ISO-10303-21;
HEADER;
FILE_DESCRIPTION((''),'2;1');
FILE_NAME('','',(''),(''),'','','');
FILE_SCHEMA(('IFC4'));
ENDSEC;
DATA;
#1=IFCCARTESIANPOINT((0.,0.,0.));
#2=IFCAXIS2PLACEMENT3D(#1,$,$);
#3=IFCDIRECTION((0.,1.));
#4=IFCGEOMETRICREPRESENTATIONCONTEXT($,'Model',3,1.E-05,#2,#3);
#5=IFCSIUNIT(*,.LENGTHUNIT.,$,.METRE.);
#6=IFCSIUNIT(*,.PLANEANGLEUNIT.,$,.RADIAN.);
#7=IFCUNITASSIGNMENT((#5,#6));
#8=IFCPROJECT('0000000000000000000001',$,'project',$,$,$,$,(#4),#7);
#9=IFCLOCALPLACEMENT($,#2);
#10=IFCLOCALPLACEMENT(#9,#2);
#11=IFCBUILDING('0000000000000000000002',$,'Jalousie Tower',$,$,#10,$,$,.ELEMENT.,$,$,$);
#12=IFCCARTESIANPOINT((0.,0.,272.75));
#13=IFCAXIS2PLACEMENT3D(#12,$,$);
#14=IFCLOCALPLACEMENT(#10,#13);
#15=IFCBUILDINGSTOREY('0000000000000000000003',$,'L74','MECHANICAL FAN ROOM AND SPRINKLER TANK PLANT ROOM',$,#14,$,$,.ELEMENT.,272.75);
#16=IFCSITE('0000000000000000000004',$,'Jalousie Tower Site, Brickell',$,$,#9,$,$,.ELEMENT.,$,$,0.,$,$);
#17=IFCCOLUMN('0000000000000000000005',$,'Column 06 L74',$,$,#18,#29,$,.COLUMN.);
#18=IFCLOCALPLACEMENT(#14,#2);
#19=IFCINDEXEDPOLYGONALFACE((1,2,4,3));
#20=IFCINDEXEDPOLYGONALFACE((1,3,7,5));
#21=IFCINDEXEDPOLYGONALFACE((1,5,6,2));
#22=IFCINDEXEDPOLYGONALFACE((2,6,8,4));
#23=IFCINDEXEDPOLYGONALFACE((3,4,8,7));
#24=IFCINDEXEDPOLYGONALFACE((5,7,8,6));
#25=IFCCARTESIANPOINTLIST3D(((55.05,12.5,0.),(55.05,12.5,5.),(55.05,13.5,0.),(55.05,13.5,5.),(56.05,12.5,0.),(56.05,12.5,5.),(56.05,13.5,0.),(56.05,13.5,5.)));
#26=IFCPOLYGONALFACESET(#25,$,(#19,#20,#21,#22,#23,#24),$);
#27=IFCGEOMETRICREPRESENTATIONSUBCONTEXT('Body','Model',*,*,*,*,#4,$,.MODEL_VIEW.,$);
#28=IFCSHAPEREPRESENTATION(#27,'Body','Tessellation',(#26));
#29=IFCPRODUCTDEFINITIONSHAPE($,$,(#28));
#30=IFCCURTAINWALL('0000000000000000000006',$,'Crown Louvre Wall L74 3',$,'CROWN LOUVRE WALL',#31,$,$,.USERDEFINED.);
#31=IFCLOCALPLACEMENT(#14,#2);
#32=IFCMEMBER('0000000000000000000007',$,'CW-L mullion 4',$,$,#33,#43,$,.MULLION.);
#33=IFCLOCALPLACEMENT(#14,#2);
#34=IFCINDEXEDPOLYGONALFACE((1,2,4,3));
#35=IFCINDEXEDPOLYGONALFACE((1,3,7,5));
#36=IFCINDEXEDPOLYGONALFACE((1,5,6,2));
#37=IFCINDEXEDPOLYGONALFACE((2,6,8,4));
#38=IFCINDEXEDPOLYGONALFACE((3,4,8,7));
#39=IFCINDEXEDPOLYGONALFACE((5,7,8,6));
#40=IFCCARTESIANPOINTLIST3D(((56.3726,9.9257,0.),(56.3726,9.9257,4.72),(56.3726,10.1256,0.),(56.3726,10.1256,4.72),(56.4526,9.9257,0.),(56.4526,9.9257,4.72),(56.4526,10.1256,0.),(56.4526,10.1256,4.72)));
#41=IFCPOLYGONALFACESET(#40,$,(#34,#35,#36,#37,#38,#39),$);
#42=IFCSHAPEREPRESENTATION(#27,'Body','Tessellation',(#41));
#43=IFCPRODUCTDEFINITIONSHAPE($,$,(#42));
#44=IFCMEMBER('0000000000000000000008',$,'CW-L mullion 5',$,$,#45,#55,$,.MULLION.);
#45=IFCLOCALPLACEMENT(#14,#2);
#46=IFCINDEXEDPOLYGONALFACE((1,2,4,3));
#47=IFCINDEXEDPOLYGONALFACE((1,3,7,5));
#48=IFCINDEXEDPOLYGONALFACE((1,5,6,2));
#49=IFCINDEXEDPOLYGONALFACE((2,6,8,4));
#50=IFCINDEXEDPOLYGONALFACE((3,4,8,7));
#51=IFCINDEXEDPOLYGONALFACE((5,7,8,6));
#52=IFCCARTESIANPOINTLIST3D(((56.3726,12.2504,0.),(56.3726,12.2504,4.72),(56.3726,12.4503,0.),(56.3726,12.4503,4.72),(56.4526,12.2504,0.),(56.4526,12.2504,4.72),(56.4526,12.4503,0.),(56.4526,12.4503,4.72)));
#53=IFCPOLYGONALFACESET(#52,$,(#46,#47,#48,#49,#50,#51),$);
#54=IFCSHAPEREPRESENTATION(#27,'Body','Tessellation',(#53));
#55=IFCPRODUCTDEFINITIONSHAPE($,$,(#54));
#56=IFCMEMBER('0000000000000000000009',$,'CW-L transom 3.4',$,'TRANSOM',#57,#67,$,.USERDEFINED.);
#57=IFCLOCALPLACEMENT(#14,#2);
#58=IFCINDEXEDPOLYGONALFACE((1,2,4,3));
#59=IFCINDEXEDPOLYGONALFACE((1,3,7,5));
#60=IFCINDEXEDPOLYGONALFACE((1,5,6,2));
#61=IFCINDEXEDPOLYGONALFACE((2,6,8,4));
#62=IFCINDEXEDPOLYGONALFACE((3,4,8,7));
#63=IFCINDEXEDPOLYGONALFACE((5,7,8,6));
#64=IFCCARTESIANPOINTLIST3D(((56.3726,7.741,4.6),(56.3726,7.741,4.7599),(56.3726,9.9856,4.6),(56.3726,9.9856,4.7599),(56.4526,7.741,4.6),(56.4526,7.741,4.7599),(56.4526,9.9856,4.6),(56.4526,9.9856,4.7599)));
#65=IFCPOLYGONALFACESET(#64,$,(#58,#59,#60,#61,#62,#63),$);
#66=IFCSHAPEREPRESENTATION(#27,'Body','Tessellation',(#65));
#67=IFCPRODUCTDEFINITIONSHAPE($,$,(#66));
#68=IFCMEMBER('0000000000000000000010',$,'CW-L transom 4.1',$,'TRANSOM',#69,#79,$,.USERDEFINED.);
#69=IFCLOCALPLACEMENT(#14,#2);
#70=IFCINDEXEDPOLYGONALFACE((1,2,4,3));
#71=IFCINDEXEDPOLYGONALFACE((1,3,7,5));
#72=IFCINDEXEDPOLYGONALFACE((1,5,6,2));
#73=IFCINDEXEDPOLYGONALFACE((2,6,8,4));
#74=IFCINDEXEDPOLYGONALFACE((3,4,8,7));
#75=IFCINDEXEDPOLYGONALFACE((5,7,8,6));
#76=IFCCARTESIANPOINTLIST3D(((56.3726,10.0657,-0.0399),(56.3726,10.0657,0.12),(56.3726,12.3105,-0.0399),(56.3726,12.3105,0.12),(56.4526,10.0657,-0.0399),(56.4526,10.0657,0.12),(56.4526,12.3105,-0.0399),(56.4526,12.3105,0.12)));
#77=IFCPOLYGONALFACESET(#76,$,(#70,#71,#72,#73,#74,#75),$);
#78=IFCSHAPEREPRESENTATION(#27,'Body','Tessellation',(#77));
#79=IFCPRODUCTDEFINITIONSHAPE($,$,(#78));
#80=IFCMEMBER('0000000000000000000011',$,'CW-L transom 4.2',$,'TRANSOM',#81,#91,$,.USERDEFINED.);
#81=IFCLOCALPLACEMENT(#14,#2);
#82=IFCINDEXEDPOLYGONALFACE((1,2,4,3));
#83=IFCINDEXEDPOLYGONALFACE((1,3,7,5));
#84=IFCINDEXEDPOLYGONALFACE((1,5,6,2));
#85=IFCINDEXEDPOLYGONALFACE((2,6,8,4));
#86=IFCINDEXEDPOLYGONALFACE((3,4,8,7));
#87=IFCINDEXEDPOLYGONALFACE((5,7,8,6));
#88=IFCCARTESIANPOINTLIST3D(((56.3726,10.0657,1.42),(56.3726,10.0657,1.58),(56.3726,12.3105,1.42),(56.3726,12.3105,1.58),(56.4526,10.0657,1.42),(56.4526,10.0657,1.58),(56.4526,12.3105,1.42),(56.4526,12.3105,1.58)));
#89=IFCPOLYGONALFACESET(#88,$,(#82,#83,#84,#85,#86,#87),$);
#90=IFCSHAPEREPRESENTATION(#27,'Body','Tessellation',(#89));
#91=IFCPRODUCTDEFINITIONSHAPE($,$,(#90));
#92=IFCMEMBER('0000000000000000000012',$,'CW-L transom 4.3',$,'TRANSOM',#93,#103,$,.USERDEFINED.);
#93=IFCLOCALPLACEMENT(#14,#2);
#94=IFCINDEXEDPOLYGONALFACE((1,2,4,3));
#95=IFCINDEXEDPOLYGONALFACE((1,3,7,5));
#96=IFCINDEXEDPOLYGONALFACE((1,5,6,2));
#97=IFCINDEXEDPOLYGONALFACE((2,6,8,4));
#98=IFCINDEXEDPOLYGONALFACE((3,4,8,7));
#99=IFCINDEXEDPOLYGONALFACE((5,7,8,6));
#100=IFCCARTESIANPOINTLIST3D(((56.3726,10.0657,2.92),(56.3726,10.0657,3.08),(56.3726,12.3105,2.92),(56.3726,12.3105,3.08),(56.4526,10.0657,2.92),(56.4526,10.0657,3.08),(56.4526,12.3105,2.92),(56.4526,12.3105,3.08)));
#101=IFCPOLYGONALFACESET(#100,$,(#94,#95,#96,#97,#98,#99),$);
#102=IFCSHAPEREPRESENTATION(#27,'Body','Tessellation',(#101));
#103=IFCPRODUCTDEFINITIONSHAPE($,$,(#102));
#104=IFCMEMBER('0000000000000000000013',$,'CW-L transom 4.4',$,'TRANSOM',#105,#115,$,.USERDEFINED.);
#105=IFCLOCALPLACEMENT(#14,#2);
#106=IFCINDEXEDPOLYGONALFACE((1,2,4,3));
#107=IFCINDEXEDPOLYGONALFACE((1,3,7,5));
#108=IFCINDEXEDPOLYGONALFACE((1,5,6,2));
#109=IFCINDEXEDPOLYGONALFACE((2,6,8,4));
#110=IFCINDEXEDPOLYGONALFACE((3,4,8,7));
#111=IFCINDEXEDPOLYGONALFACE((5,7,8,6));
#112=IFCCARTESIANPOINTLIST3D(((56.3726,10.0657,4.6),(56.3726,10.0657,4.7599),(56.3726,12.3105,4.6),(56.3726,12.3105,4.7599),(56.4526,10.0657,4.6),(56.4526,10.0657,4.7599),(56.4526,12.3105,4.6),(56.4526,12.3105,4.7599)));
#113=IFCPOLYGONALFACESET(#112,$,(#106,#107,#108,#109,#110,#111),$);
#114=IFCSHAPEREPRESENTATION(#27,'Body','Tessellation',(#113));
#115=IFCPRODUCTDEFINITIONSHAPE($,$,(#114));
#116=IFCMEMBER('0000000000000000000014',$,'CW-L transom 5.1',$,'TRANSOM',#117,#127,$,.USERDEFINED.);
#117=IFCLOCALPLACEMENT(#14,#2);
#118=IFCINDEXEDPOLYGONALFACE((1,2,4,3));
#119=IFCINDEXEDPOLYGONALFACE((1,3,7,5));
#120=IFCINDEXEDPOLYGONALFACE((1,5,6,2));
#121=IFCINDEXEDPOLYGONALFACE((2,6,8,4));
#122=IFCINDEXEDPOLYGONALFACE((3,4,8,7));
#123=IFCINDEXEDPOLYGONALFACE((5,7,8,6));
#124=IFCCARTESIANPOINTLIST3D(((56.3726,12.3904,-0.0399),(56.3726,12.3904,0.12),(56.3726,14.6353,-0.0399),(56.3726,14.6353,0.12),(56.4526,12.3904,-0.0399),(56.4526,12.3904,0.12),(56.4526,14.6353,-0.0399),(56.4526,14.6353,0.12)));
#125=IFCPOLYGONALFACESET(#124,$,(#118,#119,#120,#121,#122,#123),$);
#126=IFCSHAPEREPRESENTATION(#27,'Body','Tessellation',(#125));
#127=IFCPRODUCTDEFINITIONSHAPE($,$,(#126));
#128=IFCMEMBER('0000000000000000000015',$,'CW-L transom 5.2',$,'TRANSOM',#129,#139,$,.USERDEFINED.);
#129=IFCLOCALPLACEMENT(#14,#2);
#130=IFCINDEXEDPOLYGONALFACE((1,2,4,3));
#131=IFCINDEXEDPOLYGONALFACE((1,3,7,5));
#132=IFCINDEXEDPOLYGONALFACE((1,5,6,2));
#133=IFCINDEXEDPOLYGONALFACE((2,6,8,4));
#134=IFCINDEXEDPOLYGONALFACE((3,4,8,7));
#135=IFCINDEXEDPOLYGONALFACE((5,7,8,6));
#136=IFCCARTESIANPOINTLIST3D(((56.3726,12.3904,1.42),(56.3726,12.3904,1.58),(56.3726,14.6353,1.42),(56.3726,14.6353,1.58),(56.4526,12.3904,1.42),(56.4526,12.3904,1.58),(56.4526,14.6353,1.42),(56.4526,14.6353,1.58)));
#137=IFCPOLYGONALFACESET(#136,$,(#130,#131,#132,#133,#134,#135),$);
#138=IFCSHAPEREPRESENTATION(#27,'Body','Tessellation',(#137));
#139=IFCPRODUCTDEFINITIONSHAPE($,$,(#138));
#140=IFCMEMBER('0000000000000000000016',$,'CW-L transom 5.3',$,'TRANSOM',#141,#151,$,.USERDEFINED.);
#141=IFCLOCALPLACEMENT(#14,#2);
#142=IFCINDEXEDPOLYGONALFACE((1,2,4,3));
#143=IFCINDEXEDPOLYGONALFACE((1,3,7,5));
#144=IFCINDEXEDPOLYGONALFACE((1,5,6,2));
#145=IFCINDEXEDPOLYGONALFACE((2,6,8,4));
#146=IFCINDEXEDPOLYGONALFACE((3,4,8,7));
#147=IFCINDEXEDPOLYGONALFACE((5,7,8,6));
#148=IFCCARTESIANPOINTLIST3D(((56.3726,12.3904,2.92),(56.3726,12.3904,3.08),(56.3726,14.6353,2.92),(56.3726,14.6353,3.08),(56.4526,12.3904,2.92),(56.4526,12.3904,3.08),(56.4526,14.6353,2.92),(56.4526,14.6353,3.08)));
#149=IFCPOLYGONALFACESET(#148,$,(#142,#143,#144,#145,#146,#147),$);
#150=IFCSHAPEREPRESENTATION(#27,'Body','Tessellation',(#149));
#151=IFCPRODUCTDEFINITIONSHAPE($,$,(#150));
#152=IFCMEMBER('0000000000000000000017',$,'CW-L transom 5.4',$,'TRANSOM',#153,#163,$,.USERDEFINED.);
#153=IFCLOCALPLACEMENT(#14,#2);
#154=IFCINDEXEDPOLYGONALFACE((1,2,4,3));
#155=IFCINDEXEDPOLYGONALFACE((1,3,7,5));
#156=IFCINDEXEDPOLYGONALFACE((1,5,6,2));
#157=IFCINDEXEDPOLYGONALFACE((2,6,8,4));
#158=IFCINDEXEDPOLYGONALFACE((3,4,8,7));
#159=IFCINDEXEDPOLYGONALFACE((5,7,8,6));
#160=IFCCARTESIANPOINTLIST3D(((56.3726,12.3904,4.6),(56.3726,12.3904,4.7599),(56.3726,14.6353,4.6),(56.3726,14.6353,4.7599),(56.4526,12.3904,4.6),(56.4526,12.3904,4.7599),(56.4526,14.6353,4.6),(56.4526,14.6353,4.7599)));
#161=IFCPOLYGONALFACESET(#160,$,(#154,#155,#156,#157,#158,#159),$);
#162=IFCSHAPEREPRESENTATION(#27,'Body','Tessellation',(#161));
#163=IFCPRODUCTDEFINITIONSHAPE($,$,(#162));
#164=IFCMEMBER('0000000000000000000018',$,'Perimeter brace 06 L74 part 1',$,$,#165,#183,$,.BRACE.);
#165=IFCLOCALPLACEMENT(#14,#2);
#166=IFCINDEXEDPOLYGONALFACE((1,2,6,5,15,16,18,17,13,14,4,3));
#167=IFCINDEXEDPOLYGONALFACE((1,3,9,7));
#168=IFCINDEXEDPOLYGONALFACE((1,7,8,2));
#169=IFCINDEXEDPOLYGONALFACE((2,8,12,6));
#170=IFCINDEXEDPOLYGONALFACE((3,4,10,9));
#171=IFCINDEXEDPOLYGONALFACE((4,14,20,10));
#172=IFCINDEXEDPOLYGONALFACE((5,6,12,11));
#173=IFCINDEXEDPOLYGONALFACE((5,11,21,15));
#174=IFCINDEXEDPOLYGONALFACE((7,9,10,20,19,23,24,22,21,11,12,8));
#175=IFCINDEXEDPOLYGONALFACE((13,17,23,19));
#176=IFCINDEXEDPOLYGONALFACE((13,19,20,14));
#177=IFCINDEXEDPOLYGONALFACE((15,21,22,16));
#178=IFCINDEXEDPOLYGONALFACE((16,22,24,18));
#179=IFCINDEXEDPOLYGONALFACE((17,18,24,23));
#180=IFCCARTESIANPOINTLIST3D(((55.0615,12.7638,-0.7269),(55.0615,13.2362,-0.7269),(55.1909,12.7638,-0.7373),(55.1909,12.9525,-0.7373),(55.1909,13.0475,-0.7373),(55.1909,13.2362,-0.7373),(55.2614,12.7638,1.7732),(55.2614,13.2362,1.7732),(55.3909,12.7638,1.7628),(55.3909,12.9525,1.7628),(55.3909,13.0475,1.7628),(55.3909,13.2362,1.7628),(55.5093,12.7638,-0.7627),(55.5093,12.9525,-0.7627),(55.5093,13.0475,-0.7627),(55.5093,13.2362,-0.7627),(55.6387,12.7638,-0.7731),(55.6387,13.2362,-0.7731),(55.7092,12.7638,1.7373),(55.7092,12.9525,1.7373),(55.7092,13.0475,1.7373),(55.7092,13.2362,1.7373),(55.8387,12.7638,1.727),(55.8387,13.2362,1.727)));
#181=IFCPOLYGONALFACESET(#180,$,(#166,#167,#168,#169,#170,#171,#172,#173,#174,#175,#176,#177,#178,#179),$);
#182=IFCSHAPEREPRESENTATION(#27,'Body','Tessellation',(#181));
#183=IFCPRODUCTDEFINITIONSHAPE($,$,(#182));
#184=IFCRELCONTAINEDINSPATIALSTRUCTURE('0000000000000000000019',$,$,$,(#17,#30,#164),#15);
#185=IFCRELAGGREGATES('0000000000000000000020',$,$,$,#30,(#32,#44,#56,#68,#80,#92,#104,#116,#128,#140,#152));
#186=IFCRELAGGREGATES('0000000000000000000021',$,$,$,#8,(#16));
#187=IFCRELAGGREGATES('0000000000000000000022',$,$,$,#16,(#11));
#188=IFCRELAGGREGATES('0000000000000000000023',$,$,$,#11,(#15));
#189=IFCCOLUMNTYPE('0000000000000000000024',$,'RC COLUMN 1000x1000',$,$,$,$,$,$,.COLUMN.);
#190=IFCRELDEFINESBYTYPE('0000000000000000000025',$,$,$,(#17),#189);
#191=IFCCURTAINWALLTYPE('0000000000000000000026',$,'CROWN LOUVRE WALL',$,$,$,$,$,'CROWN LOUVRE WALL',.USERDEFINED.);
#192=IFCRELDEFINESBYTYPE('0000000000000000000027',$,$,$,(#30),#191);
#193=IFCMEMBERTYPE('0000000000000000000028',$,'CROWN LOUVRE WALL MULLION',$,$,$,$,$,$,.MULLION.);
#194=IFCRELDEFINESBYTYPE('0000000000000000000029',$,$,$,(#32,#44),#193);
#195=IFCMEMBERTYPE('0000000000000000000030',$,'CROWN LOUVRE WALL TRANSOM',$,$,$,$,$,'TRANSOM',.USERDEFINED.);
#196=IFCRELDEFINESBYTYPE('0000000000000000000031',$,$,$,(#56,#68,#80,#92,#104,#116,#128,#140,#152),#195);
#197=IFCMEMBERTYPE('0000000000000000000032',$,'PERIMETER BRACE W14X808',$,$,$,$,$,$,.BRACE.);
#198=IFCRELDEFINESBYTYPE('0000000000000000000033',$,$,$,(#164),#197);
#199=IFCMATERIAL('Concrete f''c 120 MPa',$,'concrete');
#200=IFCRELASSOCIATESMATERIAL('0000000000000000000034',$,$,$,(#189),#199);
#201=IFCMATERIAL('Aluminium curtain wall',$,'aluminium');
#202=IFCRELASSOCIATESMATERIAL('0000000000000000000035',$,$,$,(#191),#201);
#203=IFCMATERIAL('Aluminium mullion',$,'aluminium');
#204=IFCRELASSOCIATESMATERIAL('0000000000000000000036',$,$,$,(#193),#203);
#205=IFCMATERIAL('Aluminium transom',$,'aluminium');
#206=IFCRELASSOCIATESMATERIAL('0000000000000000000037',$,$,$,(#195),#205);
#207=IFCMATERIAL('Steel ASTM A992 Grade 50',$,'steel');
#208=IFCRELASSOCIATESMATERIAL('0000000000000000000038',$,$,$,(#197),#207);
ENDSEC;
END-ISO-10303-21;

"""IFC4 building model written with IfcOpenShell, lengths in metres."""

from ifc_helpers import new_model, si_unit, direction, frame, origin, origin_2d, place, context, subcontext, project, spatial, rectangle, i_section, extrude, material, material_profile, profile_set, type_object, element, aggregate, save


model = new_model("IFC4")

# Units and contexts
model_context = context("Model", 3, precision=1e-05, world=origin(), true_north=direction((0.0, 1.0)))
body_context = subcontext(model_context, "Body", "Model", "MODEL_VIEW")
ifc_project = project(units=[si_unit("LENGTHUNIT", "METRE"), si_unit("PLANEANGLEUNIT", "RADIAN")], contexts=[model_context])

# Site, building, storey
site_placement = place(None, origin())
site = spatial("IfcSite", under=ifc_project, at=site_placement, Name="Jalousie Tower Site, Brickell", CompositionType="ELEMENT", RefElevation=0.0)
building_placement = place(site_placement, origin())
building = spatial("IfcBuilding", under=site, at=building_placement, Name="Jalousie Tower", CompositionType="ELEMENT")
storey_placement = place(building_placement, frame((0.0, 0.0, 272.75)))
storey = spatial("IfcBuildingStorey", under=building, at=storey_placement, Name="L74", Description="MECHANICAL FAN ROOM AND SPRINKLER TANK PLANT ROOM", CompositionType="ELEMENT", Elevation=272.75)

# Column
ifc_material_1 = material(Name="Concrete f'c 120 MPa", Category="concrete")
ifc_material_profile_1 = material_profile(ifc_material_1, rectangle(XDim=1.0, YDim=1.0, at=origin_2d()), Name="RC 1000x1000")
ifc_profile_set_1 = profile_set([ifc_material_profile_1], Name="Concrete f'c 120 MPa")
column_type = type_object("IfcColumnType", Name="RC COLUMN 1000x1000", PredefinedType="COLUMN", material=ifc_profile_set_1)
column_placement = place(storey_placement, frame((55.55, 13.0, 0.0), z_axis=(0.0, 0.0, 1.0), x_axis=(1.0, 0.0, 0.0)))
element("IfcColumn", 1, at=column_placement, inside=storey, type_object=column_type, Name="Column 06 L74", PredefinedType="COLUMN", context=body_context, shape_type="SweptSolid", body=[
    extrude(rectangle(XDim=1.0, YDim=1.0, at=origin_2d()), origin(), (0.0, 0.0, 1.0), 5.0),
])

# Curtain wall, members
ifc_material_2 = material(Name="Aluminium curtain wall", Category="aluminium")
curtain_wall_type = type_object("IfcCurtainWallType", Name="CROWN LOUVRE WALL", ElementType="CROWN LOUVRE WALL", PredefinedType="USERDEFINED", material=ifc_material_2)
curtain_wall_placement = place(storey_placement, origin())
curtain_wall = element("IfcCurtainWall", 2, at=curtain_wall_placement, inside=storey, type_object=curtain_wall_type, Name="Crown Louvre Wall L74 3", ObjectType="CROWN LOUVRE WALL", PredefinedType="USERDEFINED")
ifc_material_3 = material(Name="Aluminium mullion", Category="aluminium")
ifc_material_profile_2 = material_profile(ifc_material_3, rectangle(XDim=0.0801, YDim=0.2, at=origin_2d()), Name="MULLION 80x200")
ifc_profile_set_2 = profile_set([ifc_material_profile_2], Name="Aluminium mullion")
member_type_1 = type_object("IfcMemberType", Name="CROWN LOUVRE WALL MULLION", PredefinedType="MULLION", material=ifc_profile_set_2)
member_1_placement = place(storey_placement, frame((56.4126, 10.0256, 0.0), z_axis=(0.0, 0.0, 1.0), x_axis=(-1.0, 0.0, 0.0)))
member_1 = element("IfcMember", 3, at=member_1_placement, type_object=member_type_1, Name="CW-L mullion 4", PredefinedType="MULLION", context=body_context, shape_type="SweptSolid", body=[
    extrude(rectangle(XDim=0.0801, YDim=0.2, at=origin_2d()), origin(), (0.0, 0.0, 1.0), 4.72),
])
member_2_placement = place(storey_placement, frame((56.4126, 12.3503, 0.0), z_axis=(0.0, 0.0, 1.0), x_axis=(-1.0, 0.0, 0.0)))
member_2 = element("IfcMember", 4, at=member_2_placement, type_object=member_type_1, Name="CW-L mullion 5", PredefinedType="MULLION", context=body_context, shape_type="SweptSolid", body=[
    extrude(rectangle(XDim=0.0801, YDim=0.2, at=origin_2d()), origin(), (0.0, 0.0, 1.0), 4.72),
])
ifc_material_4 = material(Name="Aluminium transom", Category="aluminium")
ifc_material_profile_3 = material_profile(ifc_material_4, rectangle(XDim=0.0801, YDim=0.1599, at=origin_2d()), Name="TRANSOM 80x160")
ifc_profile_set_3 = profile_set([ifc_material_profile_3], Name="Aluminium transom")
member_type_2 = type_object("IfcMemberType", Name="CROWN LOUVRE WALL TRANSOM", ElementType="TRANSOM", PredefinedType="USERDEFINED", material=ifc_profile_set_3)
member_3_placement = place(storey_placement, frame((56.4126, 7.741, 4.6799), z_axis=(0.0, 1.0, 0.0), x_axis=(-1.0, 0.0, 0.0)))
member_3 = element("IfcMember", 5, at=member_3_placement, type_object=member_type_2, Name="CW-L transom 3.4", ObjectType="TRANSOM", PredefinedType="USERDEFINED", context=body_context, shape_type="SweptSolid", body=[
    extrude(rectangle(XDim=0.0801, YDim=0.1599, at=origin_2d()), origin(), (0.0, 0.0, 1.0), 2.2446),
])
member_4_placement = place(storey_placement, frame((56.4126, 10.0657, 0.04), z_axis=(0.0, 1.0, 0.0), x_axis=(-1.0, 0.0, 0.0)))
member_4 = element("IfcMember", 6, at=member_4_placement, type_object=member_type_2, Name="CW-L transom 4.1", ObjectType="TRANSOM", PredefinedType="USERDEFINED", context=body_context, shape_type="SweptSolid", body=[
    extrude(rectangle(XDim=0.0801, YDim=0.1599, at=origin_2d()), origin(), (0.0, 0.0, 1.0), 2.2449),
])
member_5_placement = place(storey_placement, frame((56.4126, 10.0657, 1.5), z_axis=(0.0, 1.0, 0.0), x_axis=(-1.0, 0.0, 0.0)))
member_5 = element("IfcMember", 7, at=member_5_placement, type_object=member_type_2, Name="CW-L transom 4.2", ObjectType="TRANSOM", PredefinedType="USERDEFINED", context=body_context, shape_type="SweptSolid", body=[
    extrude(rectangle(XDim=0.0801, YDim=0.1599, at=origin_2d()), origin(), (0.0, 0.0, 1.0), 2.2449),
])
member_6_placement = place(storey_placement, frame((56.4126, 10.0657, 3.0), z_axis=(0.0, 1.0, 0.0), x_axis=(-1.0, 0.0, 0.0)))
member_6 = element("IfcMember", 8, at=member_6_placement, type_object=member_type_2, Name="CW-L transom 4.3", ObjectType="TRANSOM", PredefinedType="USERDEFINED", context=body_context, shape_type="SweptSolid", body=[
    extrude(rectangle(XDim=0.0801, YDim=0.1599, at=origin_2d()), origin(), (0.0, 0.0, 1.0), 2.2449),
])
member_7_placement = place(storey_placement, frame((56.4126, 10.0657, 4.6799), z_axis=(0.0, 1.0, 0.0), x_axis=(-1.0, 0.0, 0.0)))
member_7 = element("IfcMember", 9, at=member_7_placement, type_object=member_type_2, Name="CW-L transom 4.4", ObjectType="TRANSOM", PredefinedType="USERDEFINED", context=body_context, shape_type="SweptSolid", body=[
    extrude(rectangle(XDim=0.0801, YDim=0.1599, at=origin_2d()), origin(), (0.0, 0.0, 1.0), 2.2449),
])
member_8_placement = place(storey_placement, frame((56.4126, 12.3904, 0.04), z_axis=(0.0, 1.0, 0.0), x_axis=(-1.0, 0.0, 0.0)))
member_8 = element("IfcMember", 10, at=member_8_placement, type_object=member_type_2, Name="CW-L transom 5.1", ObjectType="TRANSOM", PredefinedType="USERDEFINED", context=body_context, shape_type="SweptSolid", body=[
    extrude(rectangle(XDim=0.0801, YDim=0.1599, at=origin_2d()), origin(), (0.0, 0.0, 1.0), 2.2449),
])
member_9_placement = place(storey_placement, frame((56.4126, 12.3904, 1.5), z_axis=(0.0, 1.0, 0.0), x_axis=(-1.0, 0.0, 0.0)))
member_9 = element("IfcMember", 11, at=member_9_placement, type_object=member_type_2, Name="CW-L transom 5.2", ObjectType="TRANSOM", PredefinedType="USERDEFINED", context=body_context, shape_type="SweptSolid", body=[
    extrude(rectangle(XDim=0.0801, YDim=0.1599, at=origin_2d()), origin(), (0.0, 0.0, 1.0), 2.2449),
])
member_10_placement = place(storey_placement, frame((56.4126, 12.3904, 3.0), z_axis=(0.0, 1.0, 0.0), x_axis=(-1.0, 0.0, 0.0)))
member_10 = element("IfcMember", 12, at=member_10_placement, type_object=member_type_2, Name="CW-L transom 5.3", ObjectType="TRANSOM", PredefinedType="USERDEFINED", context=body_context, shape_type="SweptSolid", body=[
    extrude(rectangle(XDim=0.0801, YDim=0.1599, at=origin_2d()), origin(), (0.0, 0.0, 1.0), 2.2449),
])
member_11_placement = place(storey_placement, frame((56.4126, 12.3904, 4.6799), z_axis=(0.0, 1.0, 0.0), x_axis=(-1.0, 0.0, 0.0)))
member_11 = element("IfcMember", 13, at=member_11_placement, type_object=member_type_2, Name="CW-L transom 5.4", ObjectType="TRANSOM", PredefinedType="USERDEFINED", context=body_context, shape_type="SweptSolid", body=[
    extrude(rectangle(XDim=0.0801, YDim=0.1599, at=origin_2d()), origin(), (0.0, 0.0, 1.0), 2.2449),
])

# Member
ifc_material_5 = material(Name="Steel ASTM A992 Grade 50", Category="steel")
ifc_material_profile_4 = material_profile(ifc_material_5, i_section(OverallWidth=0.4724, OverallDepth=0.5791, WebThickness=0.095, FlangeThickness=0.1299, at=origin_2d()), Name="W14X808")
ifc_profile_set_4 = profile_set([ifc_material_profile_4], Name="Steel ASTM A992 Grade 50")
member_type_3 = type_object("IfcMemberType", Name="PERIMETER BRACE W14X808", PredefinedType="BRACE", material=ifc_profile_set_4)
for number, where, z_axis, x_axis, name in (
    (14, (55.3501, 13.0, -0.75), (0.079726, 0.0, 0.996817), (0.0, 1.0, 0.0), "Perimeter brace 06 L74 part 1"),
):
    element("IfcMember", number, at=place(storey_placement, frame(where, z_axis=z_axis, x_axis=x_axis)), inside=storey, type_object=member_type_3, Name=name, PredefinedType="BRACE", context=body_context, shape_type="SweptSolid", body=[
        extrude(i_section(OverallWidth=0.4724, OverallDepth=0.5791, WebThickness=0.095, FlangeThickness=0.1299, at=origin_2d()), origin(), (0.0, 0.0, 1.0), 2.5081),
    ])

aggregate(curtain_wall, [member_1, member_2, member_3, member_4, member_5, member_6, member_7, member_8, member_9, member_10, member_11])

save(model, "model.ifc")
